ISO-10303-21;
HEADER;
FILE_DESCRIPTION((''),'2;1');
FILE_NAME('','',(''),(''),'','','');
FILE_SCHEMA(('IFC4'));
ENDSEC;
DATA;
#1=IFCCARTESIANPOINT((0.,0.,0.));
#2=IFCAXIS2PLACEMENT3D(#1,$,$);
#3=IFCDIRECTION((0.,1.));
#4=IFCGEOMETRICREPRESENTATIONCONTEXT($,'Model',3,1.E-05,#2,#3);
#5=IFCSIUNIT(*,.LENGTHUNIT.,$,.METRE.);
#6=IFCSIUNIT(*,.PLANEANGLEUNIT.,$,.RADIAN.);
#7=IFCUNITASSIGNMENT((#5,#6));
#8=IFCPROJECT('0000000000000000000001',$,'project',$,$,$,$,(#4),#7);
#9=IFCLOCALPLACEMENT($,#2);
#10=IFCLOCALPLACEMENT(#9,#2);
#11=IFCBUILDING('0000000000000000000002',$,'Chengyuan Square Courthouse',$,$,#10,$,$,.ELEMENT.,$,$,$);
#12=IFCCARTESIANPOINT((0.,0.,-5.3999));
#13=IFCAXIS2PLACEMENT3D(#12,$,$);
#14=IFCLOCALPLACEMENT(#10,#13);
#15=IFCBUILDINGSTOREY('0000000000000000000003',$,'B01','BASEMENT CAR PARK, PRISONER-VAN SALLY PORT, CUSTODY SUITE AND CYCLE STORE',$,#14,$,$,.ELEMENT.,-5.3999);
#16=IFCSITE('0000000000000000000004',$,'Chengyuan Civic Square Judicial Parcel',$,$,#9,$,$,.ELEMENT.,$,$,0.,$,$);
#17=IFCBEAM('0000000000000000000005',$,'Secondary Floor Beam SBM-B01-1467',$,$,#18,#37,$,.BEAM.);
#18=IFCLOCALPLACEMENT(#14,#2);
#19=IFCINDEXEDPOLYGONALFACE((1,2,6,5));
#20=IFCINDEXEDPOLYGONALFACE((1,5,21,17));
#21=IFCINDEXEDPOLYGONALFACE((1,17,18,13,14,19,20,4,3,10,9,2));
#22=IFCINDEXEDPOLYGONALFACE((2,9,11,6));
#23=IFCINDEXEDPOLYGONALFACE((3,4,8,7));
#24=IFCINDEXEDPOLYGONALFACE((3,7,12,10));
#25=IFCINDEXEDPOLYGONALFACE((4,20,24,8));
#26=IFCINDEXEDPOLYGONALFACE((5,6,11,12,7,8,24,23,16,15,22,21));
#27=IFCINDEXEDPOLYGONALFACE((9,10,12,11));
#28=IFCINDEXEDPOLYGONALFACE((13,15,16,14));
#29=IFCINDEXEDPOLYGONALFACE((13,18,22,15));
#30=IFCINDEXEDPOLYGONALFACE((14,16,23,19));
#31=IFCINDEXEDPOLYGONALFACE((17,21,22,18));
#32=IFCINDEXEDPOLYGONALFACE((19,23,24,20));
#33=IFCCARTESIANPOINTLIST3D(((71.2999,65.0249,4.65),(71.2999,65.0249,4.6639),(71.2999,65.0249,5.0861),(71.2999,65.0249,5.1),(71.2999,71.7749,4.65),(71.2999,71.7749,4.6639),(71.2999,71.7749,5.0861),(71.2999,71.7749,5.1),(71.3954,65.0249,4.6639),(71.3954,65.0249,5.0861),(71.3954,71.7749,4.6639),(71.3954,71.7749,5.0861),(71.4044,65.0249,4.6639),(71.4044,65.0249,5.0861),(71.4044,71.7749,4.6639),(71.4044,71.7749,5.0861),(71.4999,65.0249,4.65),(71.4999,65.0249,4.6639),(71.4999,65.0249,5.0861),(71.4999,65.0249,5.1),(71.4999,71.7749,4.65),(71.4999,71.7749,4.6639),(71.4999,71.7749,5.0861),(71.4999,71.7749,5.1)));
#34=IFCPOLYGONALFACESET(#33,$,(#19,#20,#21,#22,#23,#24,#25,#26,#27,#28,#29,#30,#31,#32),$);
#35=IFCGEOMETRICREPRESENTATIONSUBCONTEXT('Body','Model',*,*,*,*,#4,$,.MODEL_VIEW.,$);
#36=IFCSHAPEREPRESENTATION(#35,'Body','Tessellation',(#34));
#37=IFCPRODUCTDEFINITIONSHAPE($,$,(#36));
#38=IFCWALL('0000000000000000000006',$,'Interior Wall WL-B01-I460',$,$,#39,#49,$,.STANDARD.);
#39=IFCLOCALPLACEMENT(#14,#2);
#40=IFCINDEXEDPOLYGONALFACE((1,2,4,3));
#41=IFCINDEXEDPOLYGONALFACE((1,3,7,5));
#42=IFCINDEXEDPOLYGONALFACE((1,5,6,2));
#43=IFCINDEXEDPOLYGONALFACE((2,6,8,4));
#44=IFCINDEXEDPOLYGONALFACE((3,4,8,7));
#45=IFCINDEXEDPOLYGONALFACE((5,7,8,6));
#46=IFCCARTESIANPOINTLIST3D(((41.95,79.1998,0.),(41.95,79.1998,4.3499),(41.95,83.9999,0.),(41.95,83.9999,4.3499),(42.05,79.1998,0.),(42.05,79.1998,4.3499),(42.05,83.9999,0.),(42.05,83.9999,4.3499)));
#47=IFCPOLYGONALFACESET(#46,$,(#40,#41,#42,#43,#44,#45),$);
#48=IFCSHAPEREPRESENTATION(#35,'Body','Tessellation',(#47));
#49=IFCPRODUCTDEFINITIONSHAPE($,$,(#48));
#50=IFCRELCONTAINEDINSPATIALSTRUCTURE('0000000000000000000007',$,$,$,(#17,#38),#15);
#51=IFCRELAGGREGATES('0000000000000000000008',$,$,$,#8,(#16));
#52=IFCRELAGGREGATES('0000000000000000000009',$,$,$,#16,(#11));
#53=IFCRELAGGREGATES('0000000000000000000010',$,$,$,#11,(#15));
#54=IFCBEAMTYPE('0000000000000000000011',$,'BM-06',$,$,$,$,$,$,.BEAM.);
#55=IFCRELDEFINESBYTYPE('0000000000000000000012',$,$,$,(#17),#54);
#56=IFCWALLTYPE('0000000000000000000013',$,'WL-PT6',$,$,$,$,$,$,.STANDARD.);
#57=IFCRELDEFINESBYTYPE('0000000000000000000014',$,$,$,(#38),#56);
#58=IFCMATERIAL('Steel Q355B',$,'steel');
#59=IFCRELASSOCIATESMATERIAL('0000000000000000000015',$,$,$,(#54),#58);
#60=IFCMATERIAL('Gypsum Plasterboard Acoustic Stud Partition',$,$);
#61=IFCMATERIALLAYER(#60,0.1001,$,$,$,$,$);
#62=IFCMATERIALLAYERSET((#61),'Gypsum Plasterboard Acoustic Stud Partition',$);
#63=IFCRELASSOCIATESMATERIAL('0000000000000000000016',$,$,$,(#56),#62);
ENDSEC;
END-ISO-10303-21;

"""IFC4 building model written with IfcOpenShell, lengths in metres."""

from ifc_helpers import new_model, si_unit, direction, frame, frame_2d, origin, origin_2d, place, context, subcontext, project, spatial, rectangle, i_section, extrude, material, layer, layer_set, material_profile, profile_set, type_object, element, save


model = new_model("IFC4")

# Units and contexts
model_context = context("Model", 3, precision=1e-05, world=origin(), true_north=direction((0.0, 1.0)))
body_context = subcontext(model_context, "Body", "Model", "MODEL_VIEW")
ifc_project = project(units=[si_unit("LENGTHUNIT", "METRE"), si_unit("PLANEANGLEUNIT", "RADIAN")], contexts=[model_context])

# Site, building, storey
site_placement = place(None, origin())
site = spatial("IfcSite", under=ifc_project, at=site_placement, Name="Chengyuan Civic Square Judicial Parcel", CompositionType="ELEMENT", RefElevation=0.0)
building_placement = place(site_placement, origin())
building = spatial("IfcBuilding", under=site, at=building_placement, Name="Chengyuan Square Courthouse", CompositionType="ELEMENT")
storey_placement = place(building_placement, frame((0.0, 0.0, -5.3999)))
storey = spatial("IfcBuildingStorey", under=building, at=storey_placement, Name="B01", Description="BASEMENT CAR PARK, PRISONER-VAN SALLY PORT, CUSTODY SUITE AND CYCLE STORE", CompositionType="ELEMENT", Elevation=-5.3999)

# Beam
ifc_material_1 = material(Name="Steel Q355B", Category="steel")
ifc_material_profile_1 = material_profile(ifc_material_1, i_section(OverallWidth=0.2, OverallDepth=0.45, WebThickness=0.009, FlangeThickness=0.0139, at=origin_2d()), Name="HN 450x200x9x14")
ifc_profile_set_1 = profile_set([ifc_material_profile_1], Name="Steel Q355B")
beam_type_1 = type_object("IfcBeamType", Name="BM-06", PredefinedType="BEAM", material=ifc_profile_set_1)
for number, where, z_axis, x_axis, name in (
    (1, (71.3999, 65.0249, 4.875), (0.0, 1.0, 0.0), (-1.0, 0.0, 0.0), "Secondary Floor Beam SBM-B01-1467"),
):
    element("IfcBeam", number, at=place(storey_placement, frame(where, z_axis=z_axis, x_axis=x_axis)), inside=storey, type_object=beam_type_1, Name=name, PredefinedType="BEAM", context=body_context, shape_type="SweptSolid", body=[
        extrude(i_section(OverallWidth=0.2, OverallDepth=0.45, WebThickness=0.009, FlangeThickness=0.0139, at=origin_2d()), origin(), (0.0, 0.0, 1.0), 6.75),
    ])

# Wall
ifc_material_2 = material(Name="Gypsum Plasterboard Acoustic Stud Partition")
ifc_layer = layer(ifc_material_2, 0.1001)
ifc_layer_set = layer_set([ifc_layer], Name="Gypsum Plasterboard Acoustic Stud Partition")
wall_type = type_object("IfcWallType", Name="WL-PT6", PredefinedType="STANDARD", material=ifc_layer_set)
wall_placement = place(storey_placement, frame((42.0, 79.2, 0.0), z_axis=(0.0, 0.0, 1.0), x_axis=(0.0, 1.0, 0.0)))
element("IfcWall", 2, at=wall_placement, inside=storey, type_object=wall_type, Name="Interior Wall WL-B01-I460", PredefinedType="STANDARD", context=body_context, shape_type="SweptSolid", body=[
    extrude(rectangle(XDim=4.8, YDim=0.1001, at=frame_2d((2.3999, 0.0))), origin(), (0.0, 0.0, 1.0), 4.3499),
])

save(model, "model.ifc")
